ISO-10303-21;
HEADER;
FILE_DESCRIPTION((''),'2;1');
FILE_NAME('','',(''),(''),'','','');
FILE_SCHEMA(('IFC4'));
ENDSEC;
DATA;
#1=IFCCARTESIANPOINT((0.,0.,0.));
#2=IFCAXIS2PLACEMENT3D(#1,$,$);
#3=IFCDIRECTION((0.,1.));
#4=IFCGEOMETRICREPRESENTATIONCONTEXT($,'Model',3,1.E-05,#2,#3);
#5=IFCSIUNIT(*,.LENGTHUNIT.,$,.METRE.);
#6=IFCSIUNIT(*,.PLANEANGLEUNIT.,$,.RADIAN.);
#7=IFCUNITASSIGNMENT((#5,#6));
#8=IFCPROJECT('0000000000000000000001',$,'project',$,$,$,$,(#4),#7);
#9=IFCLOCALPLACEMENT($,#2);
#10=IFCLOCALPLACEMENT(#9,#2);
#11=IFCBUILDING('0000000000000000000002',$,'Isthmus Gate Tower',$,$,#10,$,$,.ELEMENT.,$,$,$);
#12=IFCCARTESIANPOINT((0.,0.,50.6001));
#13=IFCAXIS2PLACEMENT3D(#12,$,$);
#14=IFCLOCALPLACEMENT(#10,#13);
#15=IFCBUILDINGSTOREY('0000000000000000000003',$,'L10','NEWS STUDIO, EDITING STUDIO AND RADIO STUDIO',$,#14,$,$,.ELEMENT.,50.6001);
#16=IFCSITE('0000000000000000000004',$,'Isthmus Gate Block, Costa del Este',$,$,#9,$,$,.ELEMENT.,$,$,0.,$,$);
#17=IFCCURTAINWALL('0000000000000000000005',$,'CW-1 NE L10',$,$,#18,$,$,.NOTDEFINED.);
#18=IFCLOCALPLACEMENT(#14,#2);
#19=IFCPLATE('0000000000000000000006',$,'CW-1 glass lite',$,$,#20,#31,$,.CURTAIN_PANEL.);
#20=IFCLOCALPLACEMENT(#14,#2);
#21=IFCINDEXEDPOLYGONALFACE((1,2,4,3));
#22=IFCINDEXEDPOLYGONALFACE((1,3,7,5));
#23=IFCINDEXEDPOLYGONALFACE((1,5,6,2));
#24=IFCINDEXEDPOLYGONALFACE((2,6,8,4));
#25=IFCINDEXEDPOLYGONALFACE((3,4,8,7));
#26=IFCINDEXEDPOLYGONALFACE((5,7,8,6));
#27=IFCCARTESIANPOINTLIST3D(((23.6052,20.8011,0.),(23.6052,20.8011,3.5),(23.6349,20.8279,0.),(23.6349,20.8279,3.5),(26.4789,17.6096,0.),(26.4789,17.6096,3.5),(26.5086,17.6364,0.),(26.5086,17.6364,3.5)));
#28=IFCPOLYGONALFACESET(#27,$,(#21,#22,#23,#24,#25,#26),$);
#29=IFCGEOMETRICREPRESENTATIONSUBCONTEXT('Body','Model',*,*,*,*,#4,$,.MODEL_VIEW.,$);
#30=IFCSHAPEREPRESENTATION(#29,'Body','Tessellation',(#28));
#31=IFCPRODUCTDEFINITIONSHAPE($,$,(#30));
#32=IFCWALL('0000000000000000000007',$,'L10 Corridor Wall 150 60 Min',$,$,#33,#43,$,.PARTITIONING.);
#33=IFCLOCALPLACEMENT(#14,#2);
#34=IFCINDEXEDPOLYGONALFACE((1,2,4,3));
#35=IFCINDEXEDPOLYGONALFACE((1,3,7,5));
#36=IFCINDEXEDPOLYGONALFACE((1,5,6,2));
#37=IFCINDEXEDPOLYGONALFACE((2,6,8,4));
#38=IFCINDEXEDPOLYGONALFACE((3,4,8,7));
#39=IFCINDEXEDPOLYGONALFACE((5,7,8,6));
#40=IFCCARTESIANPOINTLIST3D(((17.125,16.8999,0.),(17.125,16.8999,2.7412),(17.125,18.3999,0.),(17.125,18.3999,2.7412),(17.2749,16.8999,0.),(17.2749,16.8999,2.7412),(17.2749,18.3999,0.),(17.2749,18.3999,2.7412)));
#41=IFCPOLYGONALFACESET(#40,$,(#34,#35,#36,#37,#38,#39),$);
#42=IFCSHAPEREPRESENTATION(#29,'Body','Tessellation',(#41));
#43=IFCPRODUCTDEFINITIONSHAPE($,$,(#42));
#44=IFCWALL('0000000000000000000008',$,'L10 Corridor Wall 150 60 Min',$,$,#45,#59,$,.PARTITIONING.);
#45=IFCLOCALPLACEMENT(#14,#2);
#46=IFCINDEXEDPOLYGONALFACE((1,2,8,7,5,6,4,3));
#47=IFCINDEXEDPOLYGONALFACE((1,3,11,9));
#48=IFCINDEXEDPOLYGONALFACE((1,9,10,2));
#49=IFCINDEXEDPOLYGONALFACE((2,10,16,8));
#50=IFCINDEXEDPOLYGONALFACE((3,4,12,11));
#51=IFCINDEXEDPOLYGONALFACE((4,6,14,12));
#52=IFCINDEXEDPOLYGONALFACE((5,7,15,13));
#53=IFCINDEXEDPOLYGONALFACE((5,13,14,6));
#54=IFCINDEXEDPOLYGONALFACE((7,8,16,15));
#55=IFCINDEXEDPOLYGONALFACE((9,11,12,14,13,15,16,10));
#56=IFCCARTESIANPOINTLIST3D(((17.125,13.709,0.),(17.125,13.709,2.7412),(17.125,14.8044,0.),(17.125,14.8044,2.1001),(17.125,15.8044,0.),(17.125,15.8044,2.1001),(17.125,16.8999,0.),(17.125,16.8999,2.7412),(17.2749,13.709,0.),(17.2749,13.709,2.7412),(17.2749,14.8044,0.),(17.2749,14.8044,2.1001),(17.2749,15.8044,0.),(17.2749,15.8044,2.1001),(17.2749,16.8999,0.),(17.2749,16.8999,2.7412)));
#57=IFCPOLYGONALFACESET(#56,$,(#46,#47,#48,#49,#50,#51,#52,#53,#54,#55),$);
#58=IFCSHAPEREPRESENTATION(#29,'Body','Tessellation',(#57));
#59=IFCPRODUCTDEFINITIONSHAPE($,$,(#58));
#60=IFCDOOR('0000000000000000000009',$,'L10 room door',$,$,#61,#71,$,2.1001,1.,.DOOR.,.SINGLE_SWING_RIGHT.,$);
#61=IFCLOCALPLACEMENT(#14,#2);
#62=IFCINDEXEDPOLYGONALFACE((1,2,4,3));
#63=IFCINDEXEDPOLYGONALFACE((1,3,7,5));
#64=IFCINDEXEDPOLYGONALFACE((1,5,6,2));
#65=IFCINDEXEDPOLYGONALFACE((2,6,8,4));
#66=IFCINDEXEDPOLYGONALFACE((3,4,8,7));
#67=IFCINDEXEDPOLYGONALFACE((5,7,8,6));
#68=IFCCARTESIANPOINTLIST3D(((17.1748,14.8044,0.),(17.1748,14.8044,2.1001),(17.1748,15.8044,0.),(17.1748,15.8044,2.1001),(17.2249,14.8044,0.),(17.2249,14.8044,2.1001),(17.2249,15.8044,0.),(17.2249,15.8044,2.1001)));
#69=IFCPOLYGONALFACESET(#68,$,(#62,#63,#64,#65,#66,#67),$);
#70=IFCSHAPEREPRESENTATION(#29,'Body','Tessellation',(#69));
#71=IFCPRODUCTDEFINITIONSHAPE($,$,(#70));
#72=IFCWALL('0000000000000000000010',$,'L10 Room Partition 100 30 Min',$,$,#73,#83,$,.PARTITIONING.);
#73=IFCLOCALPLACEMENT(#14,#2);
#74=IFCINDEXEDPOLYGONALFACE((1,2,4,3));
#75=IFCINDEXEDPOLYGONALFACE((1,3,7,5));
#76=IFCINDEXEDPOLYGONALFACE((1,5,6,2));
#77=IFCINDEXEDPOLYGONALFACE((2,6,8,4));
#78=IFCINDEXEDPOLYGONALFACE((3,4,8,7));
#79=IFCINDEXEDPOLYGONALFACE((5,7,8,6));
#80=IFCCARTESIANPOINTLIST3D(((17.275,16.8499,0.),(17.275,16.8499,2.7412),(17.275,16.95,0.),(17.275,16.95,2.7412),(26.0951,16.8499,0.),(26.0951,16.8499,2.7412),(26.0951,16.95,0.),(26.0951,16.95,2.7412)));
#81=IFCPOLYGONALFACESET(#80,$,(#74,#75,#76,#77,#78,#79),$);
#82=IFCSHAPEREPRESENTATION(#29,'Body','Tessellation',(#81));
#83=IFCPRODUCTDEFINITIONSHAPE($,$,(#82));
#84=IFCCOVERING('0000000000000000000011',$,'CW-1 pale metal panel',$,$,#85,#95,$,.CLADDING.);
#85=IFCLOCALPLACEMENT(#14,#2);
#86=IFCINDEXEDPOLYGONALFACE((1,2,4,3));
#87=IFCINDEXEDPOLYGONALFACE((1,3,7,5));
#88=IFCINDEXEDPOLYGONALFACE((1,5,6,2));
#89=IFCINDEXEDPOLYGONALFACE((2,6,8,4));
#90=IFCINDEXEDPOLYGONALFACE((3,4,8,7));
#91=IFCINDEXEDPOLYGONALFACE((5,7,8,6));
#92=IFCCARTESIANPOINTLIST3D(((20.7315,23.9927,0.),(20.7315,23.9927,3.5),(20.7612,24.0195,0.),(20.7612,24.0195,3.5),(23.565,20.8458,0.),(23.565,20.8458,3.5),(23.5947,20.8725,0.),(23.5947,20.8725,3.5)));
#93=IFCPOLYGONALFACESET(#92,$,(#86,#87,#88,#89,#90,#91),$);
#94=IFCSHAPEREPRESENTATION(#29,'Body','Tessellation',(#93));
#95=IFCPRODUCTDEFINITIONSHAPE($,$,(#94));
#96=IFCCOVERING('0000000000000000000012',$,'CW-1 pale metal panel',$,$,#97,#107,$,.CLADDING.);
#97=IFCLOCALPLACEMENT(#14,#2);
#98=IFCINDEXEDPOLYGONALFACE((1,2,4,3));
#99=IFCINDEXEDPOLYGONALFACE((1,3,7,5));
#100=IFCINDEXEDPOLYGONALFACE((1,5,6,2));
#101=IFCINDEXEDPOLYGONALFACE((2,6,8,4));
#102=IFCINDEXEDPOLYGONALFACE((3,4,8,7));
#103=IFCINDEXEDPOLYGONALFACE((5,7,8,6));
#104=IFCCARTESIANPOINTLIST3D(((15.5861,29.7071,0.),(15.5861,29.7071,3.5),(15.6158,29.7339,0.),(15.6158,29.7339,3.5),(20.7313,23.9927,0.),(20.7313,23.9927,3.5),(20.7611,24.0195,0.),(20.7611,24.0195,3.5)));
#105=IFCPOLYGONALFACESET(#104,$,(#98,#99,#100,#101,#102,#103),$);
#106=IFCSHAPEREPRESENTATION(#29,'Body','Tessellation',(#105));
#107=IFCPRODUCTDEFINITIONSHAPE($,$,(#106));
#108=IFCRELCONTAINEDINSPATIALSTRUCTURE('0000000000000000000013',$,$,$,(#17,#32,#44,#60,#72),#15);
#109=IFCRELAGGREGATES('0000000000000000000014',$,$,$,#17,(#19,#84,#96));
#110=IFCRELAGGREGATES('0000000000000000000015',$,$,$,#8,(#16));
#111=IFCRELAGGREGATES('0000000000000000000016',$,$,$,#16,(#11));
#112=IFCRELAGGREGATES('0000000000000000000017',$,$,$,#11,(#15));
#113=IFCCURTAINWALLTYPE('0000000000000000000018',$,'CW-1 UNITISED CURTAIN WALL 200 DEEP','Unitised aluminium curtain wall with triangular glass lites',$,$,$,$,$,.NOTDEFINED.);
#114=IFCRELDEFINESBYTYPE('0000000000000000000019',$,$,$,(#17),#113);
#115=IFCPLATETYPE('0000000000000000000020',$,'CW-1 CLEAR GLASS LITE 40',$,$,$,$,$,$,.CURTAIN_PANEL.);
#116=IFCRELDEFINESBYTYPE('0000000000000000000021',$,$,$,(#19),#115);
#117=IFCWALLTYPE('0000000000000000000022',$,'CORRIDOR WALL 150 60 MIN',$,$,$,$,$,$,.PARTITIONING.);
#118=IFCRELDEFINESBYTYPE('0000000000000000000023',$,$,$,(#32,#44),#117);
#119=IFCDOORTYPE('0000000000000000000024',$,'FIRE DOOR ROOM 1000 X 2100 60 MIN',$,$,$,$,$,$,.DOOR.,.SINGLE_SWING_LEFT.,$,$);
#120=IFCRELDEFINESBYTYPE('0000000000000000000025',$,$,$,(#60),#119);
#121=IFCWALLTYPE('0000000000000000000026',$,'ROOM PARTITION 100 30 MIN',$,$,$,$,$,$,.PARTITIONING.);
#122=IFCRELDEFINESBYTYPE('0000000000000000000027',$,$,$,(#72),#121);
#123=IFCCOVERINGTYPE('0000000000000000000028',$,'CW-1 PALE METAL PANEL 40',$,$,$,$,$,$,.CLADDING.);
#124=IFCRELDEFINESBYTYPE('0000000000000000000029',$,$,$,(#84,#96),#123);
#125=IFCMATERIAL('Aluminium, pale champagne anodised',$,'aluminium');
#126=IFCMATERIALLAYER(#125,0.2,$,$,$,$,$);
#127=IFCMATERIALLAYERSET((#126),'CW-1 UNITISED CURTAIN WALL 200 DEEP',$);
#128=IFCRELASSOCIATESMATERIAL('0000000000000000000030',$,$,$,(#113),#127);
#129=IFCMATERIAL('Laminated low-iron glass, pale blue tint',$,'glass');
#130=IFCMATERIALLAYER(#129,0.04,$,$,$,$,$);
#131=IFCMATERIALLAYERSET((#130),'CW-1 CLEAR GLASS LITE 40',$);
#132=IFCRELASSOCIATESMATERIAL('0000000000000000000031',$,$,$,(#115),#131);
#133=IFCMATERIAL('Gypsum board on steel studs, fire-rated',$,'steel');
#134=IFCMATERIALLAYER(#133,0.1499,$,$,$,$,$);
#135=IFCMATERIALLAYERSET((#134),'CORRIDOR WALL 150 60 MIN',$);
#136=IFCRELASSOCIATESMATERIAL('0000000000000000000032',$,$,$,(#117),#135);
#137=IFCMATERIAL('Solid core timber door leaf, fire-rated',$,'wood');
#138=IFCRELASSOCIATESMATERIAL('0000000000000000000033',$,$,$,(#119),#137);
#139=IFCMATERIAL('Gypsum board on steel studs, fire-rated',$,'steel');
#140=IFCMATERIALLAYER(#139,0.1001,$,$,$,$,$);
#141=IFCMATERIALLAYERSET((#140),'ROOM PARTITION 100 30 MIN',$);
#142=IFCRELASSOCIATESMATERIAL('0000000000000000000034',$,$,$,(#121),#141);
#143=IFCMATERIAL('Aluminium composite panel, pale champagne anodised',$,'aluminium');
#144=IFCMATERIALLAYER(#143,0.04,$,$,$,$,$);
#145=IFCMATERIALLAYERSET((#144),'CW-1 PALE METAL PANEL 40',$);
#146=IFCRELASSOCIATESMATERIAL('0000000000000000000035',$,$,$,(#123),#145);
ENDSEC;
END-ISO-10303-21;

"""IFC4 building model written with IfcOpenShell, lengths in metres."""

from ifc_helpers import new_model, si_unit, direction, frame, frame_2d, origin, origin_2d, place, context, subcontext, project, spatial, rectangle, extrude, material, layer, layer_set, type_object, element, fill, aggregate, save


model = new_model("IFC4")

# Units and contexts
model_context = context("Model", 3, precision=1e-05, world=origin(), true_north=direction((0.0, 1.0)))
body_context = subcontext(model_context, "Body", "Model", "MODEL_VIEW")
ifc_project = project(units=[si_unit("LENGTHUNIT", "METRE"), si_unit("PLANEANGLEUNIT", "RADIAN")], contexts=[model_context])

# Site, building, storey
site_placement = place(None, origin())
site = spatial("IfcSite", under=ifc_project, at=site_placement, Name="Isthmus Gate Block, Costa del Este", CompositionType="ELEMENT", RefElevation=0.0)
building_placement = place(site_placement, origin())
building = spatial("IfcBuilding", under=site, at=building_placement, Name="Isthmus Gate Tower", CompositionType="ELEMENT")
storey_placement = place(building_placement, frame((0.0, 0.0, 50.6001)))
storey = spatial("IfcBuildingStorey", under=building, at=storey_placement, Name="L10", Description="NEWS STUDIO, EDITING STUDIO AND RADIO STUDIO", CompositionType="ELEMENT", Elevation=50.6001)

# Curtain wall
ifc_material_1 = material(Name="Aluminium, pale champagne anodised", Category="aluminium")
ifc_layer_1 = layer(ifc_material_1, 0.2)
ifc_layer_set_1 = layer_set([ifc_layer_1], Name="CW-1 UNITISED CURTAIN WALL 200 DEEP")
curtain_wall_type = type_object("IfcCurtainWallType", Name="CW-1 UNITISED CURTAIN WALL 200 DEEP", Description="Unitised aluminium curtain wall with triangular glass lites", PredefinedType="NOTDEFINED", material=ifc_layer_set_1)
curtain_wall_1_placement = place(storey_placement, origin())
curtain_wall_1 = element("IfcCurtainWall", 1, at=curtain_wall_1_placement, inside=storey, type_object=curtain_wall_type, Name="CW-1 NE L10", PredefinedType="NOTDEFINED")

# Plate
ifc_material_2 = material(Name="Laminated low-iron glass, pale blue tint", Category="glass")
ifc_layer_2 = layer(ifc_material_2, 0.04)
ifc_layer_set_2 = layer_set([ifc_layer_2], Name="CW-1 CLEAR GLASS LITE 40")
plate_type = type_object("IfcPlateType", Name="CW-1 CLEAR GLASS LITE 40", PredefinedType="CURTAIN_PANEL", material=ifc_layer_set_2)
plate_1_placement = place(storey_placement, frame((25.0569, 19.2188, 0.0), z_axis=(0.0, 0.0, 1.0), x_axis=(-0.669131, 0.743145, 0.0)))
plate_1 = element("IfcPlate", 2, at=plate_1_placement, type_object=plate_type, Name="CW-1 glass lite", PredefinedType="CURTAIN_PANEL", context=body_context, shape_type="SweptSolid", body=[
    extrude(rectangle(XDim=4.2947, YDim=0.04, at=origin_2d()), origin(), (0.0, 0.0, 1.0), 3.5),
])

# Wall
ifc_material_3 = material(Name="Gypsum board on steel studs, fire-rated", Category="steel")
ifc_layer_3 = layer(ifc_material_3, 0.1499)
ifc_layer_set_3 = layer_set([ifc_layer_3], Name="CORRIDOR WALL 150 60 MIN")
wall_type_1 = type_object("IfcWallType", Name="CORRIDOR WALL 150 60 MIN", PredefinedType="PARTITIONING", material=ifc_layer_set_3)
wall_1_placement = place(storey_placement, frame((17.2, 18.3999, 0.0), z_axis=(0.0, 0.0, 1.0), x_axis=(0.0, -1.0, 0.0)))
element("IfcWall", 3, at=wall_1_placement, inside=storey, type_object=wall_type_1, Name="L10 Corridor Wall 150 60 Min", PredefinedType="PARTITIONING", context=body_context, shape_type="SweptSolid", body=[
    extrude(rectangle(XDim=1.5, YDim=0.1499, at=frame_2d((0.75, 0.0))), origin(), (0.0, 0.0, 1.0), 2.7412),
])

# Wall, opening, door
wall_2_placement = place(storey_placement, frame((17.2, 16.8999, 0.0), z_axis=(0.0, 0.0, 1.0), x_axis=(0.0, -1.0, 0.0)))
wall_2 = element("IfcWall", 4, at=wall_2_placement, inside=storey, type_object=wall_type_1, Name="L10 Corridor Wall 150 60 Min", PredefinedType="PARTITIONING", context=body_context, shape_type="SweptSolid", body=[
    extrude(rectangle(XDim=3.1909, YDim=0.1499, at=frame_2d((1.5955, 0.0))), origin(), (0.0, 0.0, 1.0), 2.7412),
])
opening_placement = place(wall_2_placement, frame((1.0955, 0.0, 0.0)))
opening = element("IfcOpeningElement", 5, at=opening_placement, cuts=wall_2, PredefinedType="OPENING", context=body_context, shape_type="SweptSolid", body=[
    extrude(rectangle(XDim=1.0, YDim=2.1001, at=frame_2d((0.5, 1.05))), frame((0.0, 0.085, 0.0), z_axis=(0.0, -1.0, 0.0), x_axis=(1.0, 0.0, 0.0)), (0.0, 0.0, 1.0), 0.1699),
])
ifc_material_4 = material(Name="Solid core timber door leaf, fire-rated", Category="wood")
door_type = type_object("IfcDoorType", Name="FIRE DOOR ROOM 1000 X 2100 60 MIN", OperationType="SINGLE_SWING_LEFT", PredefinedType="DOOR", material=ifc_material_4)
door_placement = place(opening_placement, origin())
door = element("IfcDoor", 6, at=door_placement, inside=storey, type_object=door_type, Name="L10 room door", OperationType="SINGLE_SWING_RIGHT", OverallHeight=2.1001, OverallWidth=1.0, PredefinedType="DOOR", context=body_context, shape_type="SweptSolid", body=[
    extrude(rectangle(XDim=1.0, YDim=2.1001, at=frame_2d((0.5, 1.05))), frame((0.0, 0.0249, 0.0), z_axis=(0.0, -1.0, 0.0), x_axis=(1.0, 0.0, 0.0)), (0.0, 0.0, 1.0), 0.05),
])
fill(opening, door)

# Wall
ifc_material_5 = material(Name="Gypsum board on steel studs, fire-rated", Category="steel")
ifc_layer_4 = layer(ifc_material_5, 0.1001)
ifc_layer_set_4 = layer_set([ifc_layer_4], Name="ROOM PARTITION 100 30 MIN")
wall_type_2 = type_object("IfcWallType", Name="ROOM PARTITION 100 30 MIN", PredefinedType="PARTITIONING", material=ifc_layer_set_4)
wall_3_placement = place(storey_placement, frame((17.2749, 16.8999, 0.0), z_axis=(0.0, 0.0, 1.0), x_axis=(1.0, 0.0, 0.0)))
element("IfcWall", 7, at=wall_3_placement, inside=storey, type_object=wall_type_2, Name="L10 Room Partition 100 30 Min", PredefinedType="PARTITIONING", context=body_context, shape_type="SweptSolid", body=[
    extrude(rectangle(XDim=8.8201, YDim=0.1001, at=frame_2d((4.4102, 0.0))), origin(), (0.0, 0.0, 1.0), 2.7412),
])

# Coverings
ifc_material_6 = material(Name="Aluminium composite panel, pale champagne anodised", Category="aluminium")
ifc_layer_5 = layer(ifc_material_6, 0.04)
ifc_layer_set_5 = layer_set([ifc_layer_5], Name="CW-1 PALE METAL PANEL 40")
covering_type = type_object("IfcCoveringType", Name="CW-1 PALE METAL PANEL 40", PredefinedType="CLADDING", material=ifc_layer_set_5)
covering_1_placement = place(storey_placement, frame((22.1631, 22.4326, 0.0), z_axis=(0.0, 0.0, 1.0), x_axis=(-0.669131, 0.743145, 0.0)))
covering_1 = element("IfcCovering", 8, at=covering_1_placement, type_object=covering_type, Name="CW-1 pale metal panel", PredefinedType="CLADDING", context=body_context, shape_type="SweptSolid", body=[
    extrude(rectangle(XDim=4.2346, YDim=0.04, at=origin_2d()), origin(), (0.0, 0.0, 1.0), 3.5),
])
covering_2_placement = place(storey_placement, frame((18.1736, 26.8633, 0.0), z_axis=(0.0, 0.0, 1.0), x_axis=(-0.669131, 0.743145, 0.0)))
covering_2 = element("IfcCovering", 9, at=covering_2_placement, type_object=covering_type, Name="CW-1 pale metal panel", PredefinedType="CLADDING", context=body_context, shape_type="SweptSolid", body=[
    extrude(rectangle(XDim=7.6895, YDim=0.04, at=origin_2d()), origin(), (0.0, 0.0, 1.0), 3.5),
])
aggregate(curtain_wall_1, [plate_1, covering_1, covering_2])

save(model, "model.ifc")
